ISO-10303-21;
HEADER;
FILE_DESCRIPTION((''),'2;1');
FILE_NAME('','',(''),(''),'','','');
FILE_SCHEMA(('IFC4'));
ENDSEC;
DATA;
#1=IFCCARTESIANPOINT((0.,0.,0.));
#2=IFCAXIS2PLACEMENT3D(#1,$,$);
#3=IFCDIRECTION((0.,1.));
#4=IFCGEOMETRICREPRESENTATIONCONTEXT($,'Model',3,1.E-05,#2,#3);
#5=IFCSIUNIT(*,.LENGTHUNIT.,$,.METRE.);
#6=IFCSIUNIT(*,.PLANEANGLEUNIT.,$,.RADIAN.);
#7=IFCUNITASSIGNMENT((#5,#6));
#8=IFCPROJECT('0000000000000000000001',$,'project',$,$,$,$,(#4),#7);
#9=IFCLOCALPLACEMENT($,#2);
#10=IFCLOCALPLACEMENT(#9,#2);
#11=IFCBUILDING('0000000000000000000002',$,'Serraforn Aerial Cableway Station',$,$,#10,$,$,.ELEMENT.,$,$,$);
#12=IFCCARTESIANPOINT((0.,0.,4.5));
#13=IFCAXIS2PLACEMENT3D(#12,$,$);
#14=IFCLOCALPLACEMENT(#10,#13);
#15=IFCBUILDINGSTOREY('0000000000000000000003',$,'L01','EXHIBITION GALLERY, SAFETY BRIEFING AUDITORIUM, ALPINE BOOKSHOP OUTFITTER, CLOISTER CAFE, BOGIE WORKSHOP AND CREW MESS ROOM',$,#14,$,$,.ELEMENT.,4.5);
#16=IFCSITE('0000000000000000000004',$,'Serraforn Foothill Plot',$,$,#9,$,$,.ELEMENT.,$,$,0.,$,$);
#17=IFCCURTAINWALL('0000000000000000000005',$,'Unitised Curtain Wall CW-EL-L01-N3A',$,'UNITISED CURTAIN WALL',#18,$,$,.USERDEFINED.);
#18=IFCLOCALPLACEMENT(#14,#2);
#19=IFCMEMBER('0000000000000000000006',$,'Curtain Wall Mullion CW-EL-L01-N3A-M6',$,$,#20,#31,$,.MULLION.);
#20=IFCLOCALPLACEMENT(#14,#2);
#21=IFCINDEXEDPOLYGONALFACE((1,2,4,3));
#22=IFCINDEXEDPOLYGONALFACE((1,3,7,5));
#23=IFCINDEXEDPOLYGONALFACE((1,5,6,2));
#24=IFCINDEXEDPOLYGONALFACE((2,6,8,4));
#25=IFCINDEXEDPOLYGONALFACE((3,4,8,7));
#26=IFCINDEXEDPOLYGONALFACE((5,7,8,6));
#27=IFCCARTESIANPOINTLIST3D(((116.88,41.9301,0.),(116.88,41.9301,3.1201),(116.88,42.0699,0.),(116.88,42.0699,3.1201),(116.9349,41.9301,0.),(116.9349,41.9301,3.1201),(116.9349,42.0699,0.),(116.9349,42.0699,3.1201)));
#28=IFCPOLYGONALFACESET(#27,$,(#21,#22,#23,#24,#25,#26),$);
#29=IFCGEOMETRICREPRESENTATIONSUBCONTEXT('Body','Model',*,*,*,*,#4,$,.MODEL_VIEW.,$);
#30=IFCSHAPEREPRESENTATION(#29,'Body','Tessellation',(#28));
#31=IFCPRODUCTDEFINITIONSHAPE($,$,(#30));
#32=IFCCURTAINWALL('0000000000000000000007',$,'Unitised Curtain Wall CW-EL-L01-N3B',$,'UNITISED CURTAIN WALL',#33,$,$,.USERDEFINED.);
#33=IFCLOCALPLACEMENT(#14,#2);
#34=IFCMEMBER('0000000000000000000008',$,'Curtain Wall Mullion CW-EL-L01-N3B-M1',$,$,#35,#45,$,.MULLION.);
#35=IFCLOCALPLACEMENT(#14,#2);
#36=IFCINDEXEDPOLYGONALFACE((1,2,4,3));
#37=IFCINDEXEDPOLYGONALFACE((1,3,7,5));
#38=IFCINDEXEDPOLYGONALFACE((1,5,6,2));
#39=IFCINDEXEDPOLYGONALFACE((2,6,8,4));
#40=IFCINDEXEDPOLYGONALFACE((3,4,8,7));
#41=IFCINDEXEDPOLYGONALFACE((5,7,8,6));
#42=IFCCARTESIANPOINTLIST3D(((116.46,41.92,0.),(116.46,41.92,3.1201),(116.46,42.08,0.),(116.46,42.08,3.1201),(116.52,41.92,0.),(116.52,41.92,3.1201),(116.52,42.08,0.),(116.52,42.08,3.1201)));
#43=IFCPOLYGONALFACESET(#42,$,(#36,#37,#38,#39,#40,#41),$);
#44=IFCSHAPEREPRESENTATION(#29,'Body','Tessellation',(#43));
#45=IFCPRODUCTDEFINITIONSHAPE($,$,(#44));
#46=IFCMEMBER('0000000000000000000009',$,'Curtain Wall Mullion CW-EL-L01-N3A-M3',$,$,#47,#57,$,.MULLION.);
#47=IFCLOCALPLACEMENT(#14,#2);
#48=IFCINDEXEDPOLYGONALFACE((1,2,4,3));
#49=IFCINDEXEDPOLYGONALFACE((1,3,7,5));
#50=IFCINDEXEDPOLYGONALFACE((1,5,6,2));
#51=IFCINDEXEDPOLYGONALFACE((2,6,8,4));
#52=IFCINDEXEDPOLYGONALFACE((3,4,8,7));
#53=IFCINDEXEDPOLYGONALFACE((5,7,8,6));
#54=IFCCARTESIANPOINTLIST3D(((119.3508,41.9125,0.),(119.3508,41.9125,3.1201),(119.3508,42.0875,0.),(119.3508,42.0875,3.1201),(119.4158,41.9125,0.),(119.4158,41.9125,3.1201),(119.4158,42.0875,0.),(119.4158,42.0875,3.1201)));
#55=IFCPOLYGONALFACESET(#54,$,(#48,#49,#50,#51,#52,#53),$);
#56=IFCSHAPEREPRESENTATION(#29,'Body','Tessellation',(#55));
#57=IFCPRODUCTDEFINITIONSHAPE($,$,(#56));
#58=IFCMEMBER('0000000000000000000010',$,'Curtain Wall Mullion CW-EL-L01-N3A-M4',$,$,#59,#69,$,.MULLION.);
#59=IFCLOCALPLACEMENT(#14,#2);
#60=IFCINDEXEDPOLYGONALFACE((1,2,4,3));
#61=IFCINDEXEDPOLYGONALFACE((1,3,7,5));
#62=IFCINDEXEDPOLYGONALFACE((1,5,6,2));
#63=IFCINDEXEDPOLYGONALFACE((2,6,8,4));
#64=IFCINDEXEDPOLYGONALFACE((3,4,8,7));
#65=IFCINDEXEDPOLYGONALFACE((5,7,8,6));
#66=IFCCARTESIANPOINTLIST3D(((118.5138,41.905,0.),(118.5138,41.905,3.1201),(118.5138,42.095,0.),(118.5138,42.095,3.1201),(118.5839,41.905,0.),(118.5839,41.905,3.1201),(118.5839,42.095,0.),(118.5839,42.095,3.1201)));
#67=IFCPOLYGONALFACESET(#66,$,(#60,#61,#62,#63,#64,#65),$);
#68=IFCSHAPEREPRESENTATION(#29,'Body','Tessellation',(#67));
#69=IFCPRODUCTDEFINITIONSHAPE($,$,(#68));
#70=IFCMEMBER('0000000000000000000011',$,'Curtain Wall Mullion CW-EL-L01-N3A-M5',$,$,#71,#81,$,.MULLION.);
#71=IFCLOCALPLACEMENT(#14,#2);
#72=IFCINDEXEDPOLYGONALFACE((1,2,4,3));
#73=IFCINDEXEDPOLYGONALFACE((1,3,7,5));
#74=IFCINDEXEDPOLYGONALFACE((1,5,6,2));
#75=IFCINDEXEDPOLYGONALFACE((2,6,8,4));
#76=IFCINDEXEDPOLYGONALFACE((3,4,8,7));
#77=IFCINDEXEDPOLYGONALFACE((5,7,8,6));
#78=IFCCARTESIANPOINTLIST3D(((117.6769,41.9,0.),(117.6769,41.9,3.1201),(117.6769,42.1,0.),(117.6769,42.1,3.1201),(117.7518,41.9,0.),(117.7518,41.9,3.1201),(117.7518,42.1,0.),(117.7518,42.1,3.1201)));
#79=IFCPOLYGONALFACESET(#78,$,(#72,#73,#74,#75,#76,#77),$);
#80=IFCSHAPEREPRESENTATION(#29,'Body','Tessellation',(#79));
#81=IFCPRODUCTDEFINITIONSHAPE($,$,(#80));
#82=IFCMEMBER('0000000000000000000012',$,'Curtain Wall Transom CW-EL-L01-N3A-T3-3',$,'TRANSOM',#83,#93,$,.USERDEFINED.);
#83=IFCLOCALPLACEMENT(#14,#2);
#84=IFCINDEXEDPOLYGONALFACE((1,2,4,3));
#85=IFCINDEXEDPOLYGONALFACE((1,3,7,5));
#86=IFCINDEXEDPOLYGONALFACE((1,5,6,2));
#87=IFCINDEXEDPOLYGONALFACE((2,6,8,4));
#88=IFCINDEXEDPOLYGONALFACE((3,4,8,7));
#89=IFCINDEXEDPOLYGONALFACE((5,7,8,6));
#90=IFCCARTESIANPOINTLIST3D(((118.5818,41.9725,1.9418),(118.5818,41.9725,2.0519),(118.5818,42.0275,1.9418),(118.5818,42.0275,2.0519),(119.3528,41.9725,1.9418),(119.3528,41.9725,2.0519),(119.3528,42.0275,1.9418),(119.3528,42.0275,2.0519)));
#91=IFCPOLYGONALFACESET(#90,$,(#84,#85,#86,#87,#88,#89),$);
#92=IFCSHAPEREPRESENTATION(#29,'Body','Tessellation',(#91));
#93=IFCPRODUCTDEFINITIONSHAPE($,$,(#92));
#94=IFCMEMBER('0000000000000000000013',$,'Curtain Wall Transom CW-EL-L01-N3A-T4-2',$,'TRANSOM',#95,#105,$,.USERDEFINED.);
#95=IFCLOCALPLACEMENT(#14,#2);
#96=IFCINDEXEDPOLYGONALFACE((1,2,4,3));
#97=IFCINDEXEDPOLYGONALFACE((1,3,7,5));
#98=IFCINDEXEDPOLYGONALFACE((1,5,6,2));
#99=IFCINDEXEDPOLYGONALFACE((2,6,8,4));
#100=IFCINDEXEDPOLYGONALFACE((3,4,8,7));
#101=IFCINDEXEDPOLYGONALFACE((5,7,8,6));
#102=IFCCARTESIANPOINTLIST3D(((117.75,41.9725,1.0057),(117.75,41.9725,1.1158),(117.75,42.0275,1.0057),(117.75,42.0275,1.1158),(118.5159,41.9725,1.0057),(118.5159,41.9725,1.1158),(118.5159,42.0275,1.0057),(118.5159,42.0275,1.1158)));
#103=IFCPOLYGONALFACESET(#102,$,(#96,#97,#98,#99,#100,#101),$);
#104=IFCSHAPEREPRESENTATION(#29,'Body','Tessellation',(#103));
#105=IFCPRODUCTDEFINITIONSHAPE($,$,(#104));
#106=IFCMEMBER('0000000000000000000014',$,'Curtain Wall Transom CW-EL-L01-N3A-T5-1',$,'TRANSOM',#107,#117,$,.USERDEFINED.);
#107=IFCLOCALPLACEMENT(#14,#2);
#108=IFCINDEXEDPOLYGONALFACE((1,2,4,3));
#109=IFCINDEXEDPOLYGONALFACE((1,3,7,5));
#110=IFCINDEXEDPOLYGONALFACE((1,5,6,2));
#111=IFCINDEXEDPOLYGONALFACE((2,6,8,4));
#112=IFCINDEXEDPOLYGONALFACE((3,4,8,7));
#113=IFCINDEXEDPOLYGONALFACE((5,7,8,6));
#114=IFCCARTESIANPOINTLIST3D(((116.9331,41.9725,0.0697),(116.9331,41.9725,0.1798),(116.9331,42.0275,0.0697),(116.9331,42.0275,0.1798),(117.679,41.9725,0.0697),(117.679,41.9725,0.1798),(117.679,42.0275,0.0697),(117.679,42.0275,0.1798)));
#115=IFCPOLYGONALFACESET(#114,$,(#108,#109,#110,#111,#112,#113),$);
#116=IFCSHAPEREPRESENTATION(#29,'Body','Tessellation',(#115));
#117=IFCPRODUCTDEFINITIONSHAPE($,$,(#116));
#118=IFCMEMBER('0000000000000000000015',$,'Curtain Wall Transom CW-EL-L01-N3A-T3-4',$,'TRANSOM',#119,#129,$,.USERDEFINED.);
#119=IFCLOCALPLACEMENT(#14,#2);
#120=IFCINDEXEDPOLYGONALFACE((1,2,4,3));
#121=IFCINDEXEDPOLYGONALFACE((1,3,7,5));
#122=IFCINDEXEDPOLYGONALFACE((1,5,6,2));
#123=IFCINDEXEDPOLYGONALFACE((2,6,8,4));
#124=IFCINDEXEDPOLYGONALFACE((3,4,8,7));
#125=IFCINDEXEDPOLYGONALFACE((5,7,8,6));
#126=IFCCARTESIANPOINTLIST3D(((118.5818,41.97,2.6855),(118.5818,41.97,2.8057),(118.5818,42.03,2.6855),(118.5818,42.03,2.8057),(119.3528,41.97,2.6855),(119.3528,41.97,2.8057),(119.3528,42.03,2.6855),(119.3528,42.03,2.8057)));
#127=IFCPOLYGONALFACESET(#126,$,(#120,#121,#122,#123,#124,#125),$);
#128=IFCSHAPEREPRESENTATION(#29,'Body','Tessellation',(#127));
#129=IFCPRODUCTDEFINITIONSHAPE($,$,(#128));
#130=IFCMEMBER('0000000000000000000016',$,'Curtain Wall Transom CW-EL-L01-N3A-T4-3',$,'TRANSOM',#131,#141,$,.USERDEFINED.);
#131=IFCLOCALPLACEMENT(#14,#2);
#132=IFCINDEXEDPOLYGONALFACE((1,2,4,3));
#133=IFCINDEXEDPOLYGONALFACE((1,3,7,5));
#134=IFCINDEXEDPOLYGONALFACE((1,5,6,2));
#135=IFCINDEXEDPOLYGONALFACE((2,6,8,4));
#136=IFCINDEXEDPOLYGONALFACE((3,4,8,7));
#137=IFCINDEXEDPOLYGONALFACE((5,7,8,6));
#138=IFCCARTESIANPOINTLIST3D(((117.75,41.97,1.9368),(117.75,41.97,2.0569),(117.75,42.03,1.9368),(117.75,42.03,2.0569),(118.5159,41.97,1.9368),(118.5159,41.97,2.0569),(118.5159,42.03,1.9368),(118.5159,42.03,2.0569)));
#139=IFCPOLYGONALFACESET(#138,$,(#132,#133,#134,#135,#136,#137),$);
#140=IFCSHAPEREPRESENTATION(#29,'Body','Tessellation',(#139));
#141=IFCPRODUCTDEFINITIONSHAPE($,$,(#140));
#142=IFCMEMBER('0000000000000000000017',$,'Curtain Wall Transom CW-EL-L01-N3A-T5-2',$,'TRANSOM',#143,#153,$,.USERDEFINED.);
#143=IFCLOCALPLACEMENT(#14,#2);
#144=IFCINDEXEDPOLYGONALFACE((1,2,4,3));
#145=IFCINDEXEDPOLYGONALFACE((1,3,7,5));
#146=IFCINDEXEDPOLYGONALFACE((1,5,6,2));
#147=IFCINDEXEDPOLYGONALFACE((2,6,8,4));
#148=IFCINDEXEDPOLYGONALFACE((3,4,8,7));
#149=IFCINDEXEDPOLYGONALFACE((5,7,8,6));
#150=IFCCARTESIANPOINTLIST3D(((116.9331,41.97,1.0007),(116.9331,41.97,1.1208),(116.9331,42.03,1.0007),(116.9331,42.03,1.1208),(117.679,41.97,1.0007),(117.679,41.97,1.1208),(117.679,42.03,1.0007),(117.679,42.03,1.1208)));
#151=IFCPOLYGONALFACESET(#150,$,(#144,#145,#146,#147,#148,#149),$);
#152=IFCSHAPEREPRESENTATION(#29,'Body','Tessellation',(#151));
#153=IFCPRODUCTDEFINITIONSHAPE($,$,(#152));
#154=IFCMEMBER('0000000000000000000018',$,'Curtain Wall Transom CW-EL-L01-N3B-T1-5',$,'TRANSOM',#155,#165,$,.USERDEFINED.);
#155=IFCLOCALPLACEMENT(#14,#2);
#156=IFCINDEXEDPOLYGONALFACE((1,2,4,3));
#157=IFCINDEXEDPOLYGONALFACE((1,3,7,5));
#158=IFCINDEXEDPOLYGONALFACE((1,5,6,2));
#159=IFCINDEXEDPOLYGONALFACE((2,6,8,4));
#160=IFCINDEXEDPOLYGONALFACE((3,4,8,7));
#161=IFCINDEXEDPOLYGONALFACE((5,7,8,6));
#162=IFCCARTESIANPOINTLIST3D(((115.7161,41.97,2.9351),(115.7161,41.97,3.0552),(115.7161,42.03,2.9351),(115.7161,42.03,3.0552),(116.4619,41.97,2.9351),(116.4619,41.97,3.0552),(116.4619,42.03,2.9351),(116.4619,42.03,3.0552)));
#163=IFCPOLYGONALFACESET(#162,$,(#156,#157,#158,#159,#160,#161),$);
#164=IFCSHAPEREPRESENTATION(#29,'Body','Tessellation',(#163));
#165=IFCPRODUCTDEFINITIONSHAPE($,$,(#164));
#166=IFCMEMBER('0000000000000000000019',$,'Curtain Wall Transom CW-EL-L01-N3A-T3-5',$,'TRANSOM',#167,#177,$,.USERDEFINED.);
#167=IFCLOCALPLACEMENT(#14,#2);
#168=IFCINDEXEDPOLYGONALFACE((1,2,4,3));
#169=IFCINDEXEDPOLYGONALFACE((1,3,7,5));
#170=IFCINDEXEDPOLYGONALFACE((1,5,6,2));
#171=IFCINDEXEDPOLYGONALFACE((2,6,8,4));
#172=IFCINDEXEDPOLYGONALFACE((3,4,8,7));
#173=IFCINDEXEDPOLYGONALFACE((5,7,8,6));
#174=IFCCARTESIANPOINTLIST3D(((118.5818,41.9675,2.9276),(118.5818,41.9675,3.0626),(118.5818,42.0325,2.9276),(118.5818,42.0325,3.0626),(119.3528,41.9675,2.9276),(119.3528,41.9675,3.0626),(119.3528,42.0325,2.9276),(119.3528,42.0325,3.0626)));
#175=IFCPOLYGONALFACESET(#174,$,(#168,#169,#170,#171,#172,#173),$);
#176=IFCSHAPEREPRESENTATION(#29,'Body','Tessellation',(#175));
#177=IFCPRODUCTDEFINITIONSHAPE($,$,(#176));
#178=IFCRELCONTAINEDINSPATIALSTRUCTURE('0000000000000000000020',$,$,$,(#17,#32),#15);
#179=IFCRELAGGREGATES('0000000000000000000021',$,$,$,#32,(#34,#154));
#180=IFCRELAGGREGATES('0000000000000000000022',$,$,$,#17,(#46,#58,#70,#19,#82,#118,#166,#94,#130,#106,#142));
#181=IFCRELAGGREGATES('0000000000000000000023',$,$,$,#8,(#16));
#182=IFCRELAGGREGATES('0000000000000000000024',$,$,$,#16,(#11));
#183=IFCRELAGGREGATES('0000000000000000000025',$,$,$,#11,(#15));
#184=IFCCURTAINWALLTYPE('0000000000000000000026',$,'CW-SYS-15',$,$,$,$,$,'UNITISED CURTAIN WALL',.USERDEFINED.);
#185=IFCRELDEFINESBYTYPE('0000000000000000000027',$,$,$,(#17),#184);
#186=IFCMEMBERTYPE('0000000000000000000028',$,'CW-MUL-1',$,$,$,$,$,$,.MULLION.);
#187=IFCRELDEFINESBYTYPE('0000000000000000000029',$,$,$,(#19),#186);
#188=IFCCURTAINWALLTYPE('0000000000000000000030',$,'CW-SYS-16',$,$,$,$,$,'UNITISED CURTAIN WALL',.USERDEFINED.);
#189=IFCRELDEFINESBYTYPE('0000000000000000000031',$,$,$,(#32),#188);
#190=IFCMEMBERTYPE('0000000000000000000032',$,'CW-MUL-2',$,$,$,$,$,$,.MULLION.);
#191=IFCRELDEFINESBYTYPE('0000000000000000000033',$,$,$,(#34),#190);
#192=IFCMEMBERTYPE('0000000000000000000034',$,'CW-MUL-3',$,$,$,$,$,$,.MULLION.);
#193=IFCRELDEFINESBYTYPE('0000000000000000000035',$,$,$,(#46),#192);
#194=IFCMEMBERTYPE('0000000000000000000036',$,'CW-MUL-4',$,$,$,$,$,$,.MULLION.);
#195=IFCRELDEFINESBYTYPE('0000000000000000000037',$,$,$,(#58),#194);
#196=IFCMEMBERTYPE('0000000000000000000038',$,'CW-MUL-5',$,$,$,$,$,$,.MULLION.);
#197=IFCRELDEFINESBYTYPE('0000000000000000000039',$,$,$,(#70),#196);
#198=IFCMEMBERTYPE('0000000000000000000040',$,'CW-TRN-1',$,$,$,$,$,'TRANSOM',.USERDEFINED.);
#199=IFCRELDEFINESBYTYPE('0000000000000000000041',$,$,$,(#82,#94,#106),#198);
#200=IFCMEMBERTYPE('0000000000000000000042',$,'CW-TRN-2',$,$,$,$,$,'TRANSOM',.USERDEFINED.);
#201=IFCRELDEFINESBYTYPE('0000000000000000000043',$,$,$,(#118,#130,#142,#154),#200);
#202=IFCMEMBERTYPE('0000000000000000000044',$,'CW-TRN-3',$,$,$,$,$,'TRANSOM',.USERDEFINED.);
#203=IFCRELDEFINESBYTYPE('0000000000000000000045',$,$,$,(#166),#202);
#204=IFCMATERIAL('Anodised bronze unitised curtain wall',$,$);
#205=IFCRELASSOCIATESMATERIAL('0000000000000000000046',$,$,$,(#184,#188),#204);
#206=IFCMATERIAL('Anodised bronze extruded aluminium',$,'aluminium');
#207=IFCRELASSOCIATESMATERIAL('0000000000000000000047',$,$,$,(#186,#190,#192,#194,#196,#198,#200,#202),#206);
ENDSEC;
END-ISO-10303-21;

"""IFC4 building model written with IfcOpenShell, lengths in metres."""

from ifc_helpers import new_model, si_unit, direction, frame, origin, origin_2d, place, context, subcontext, project, spatial, rectangle, extrude, material, material_profile, profile_set, type_object, element, aggregate, save


model = new_model("IFC4")

# Units and contexts
model_context = context("Model", 3, precision=1e-05, world=origin(), true_north=direction((0.0, 1.0)))
body_context = subcontext(model_context, "Body", "Model", "MODEL_VIEW")
ifc_project = project(units=[si_unit("LENGTHUNIT", "METRE"), si_unit("PLANEANGLEUNIT", "RADIAN")], contexts=[model_context])

# Site, building, storey
site_placement = place(None, origin())
site = spatial("IfcSite", under=ifc_project, at=site_placement, Name="Serraforn Foothill Plot", CompositionType="ELEMENT", RefElevation=0.0)
building_placement = place(site_placement, origin())
building = spatial("IfcBuilding", under=site, at=building_placement, Name="Serraforn Aerial Cableway Station", CompositionType="ELEMENT")
storey_placement = place(building_placement, frame((0.0, 0.0, 4.5)))
storey = spatial("IfcBuildingStorey", under=building, at=storey_placement, Name="L01", Description="EXHIBITION GALLERY, SAFETY BRIEFING AUDITORIUM, ALPINE BOOKSHOP OUTFITTER, CLOISTER CAFE, BOGIE WORKSHOP AND CREW MESS ROOM", CompositionType="ELEMENT", Elevation=4.5)

# Curtain walls, members
ifc_material_1 = material(Name="Anodised bronze unitised curtain wall")
curtain_wall_type_1 = type_object("IfcCurtainWallType", Name="CW-SYS-15", ElementType="UNITISED CURTAIN WALL", PredefinedType="USERDEFINED", material=ifc_material_1)
curtain_wall_1_placement = place(storey_placement, origin())
curtain_wall_1 = element("IfcCurtainWall", 1, at=curtain_wall_1_placement, inside=storey, type_object=curtain_wall_type_1, Name="Unitised Curtain Wall CW-EL-L01-N3A", ObjectType="UNITISED CURTAIN WALL", PredefinedType="USERDEFINED")
ifc_material_2 = material(Name="Anodised bronze extruded aluminium", Category="aluminium")
ifc_material_profile_1 = material_profile(ifc_material_2, rectangle(XDim=0.0549, YDim=0.1399, at=origin_2d()), Name="CW MULLION 55x140")
ifc_profile_set_1 = profile_set([ifc_material_profile_1], Name="Anodised bronze extruded aluminium")
member_type_1 = type_object("IfcMemberType", Name="CW-MUL-1", PredefinedType="MULLION", material=ifc_profile_set_1)
member_1_placement = place(storey_placement, frame((116.9075, 42.0, 0.0), z_axis=(0.0, 0.0, 1.0), x_axis=(-1.0, 0.0, 0.0)))
member_1 = element("IfcMember", 2, at=member_1_placement, type_object=member_type_1, Name="Curtain Wall Mullion CW-EL-L01-N3A-M6", PredefinedType="MULLION", context=body_context, shape_type="SweptSolid", body=[
    extrude(rectangle(XDim=0.0549, YDim=0.1399, at=origin_2d()), origin(), (0.0, 0.0, 1.0), 3.1201),
])
curtain_wall_type_2 = type_object("IfcCurtainWallType", Name="CW-SYS-16", ElementType="UNITISED CURTAIN WALL", PredefinedType="USERDEFINED", material=ifc_material_1)
curtain_wall_2_placement = place(storey_placement, origin())
curtain_wall_2 = element("IfcCurtainWall", 3, at=curtain_wall_2_placement, inside=storey, type_object=curtain_wall_type_2, Name="Unitised Curtain Wall CW-EL-L01-N3B", ObjectType="UNITISED CURTAIN WALL", PredefinedType="USERDEFINED")
ifc_material_profile_2 = material_profile(ifc_material_2, rectangle(XDim=0.0601, YDim=0.1599, at=origin_2d()), Name="CW MULLION 60x160")
ifc_profile_set_2 = profile_set([ifc_material_profile_2], Name="Anodised bronze extruded aluminium")
member_type_2 = type_object("IfcMemberType", Name="CW-MUL-2", PredefinedType="MULLION", material=ifc_profile_set_2)
member_2_placement = place(storey_placement, frame((116.49, 42.0, 0.0), z_axis=(0.0, 0.0, 1.0), x_axis=(-1.0, 0.0, 0.0)))
member_2 = element("IfcMember", 4, at=member_2_placement, type_object=member_type_2, Name="Curtain Wall Mullion CW-EL-L01-N3B-M1", PredefinedType="MULLION", context=body_context, shape_type="SweptSolid", body=[
    extrude(rectangle(XDim=0.0601, YDim=0.1599, at=origin_2d()), origin(), (0.0, 0.0, 1.0), 3.1201),
])

# Members
ifc_material_profile_3 = material_profile(ifc_material_2, rectangle(XDim=0.0649, YDim=0.175, at=origin_2d()), Name="CW MULLION 65x175")
ifc_profile_set_3 = profile_set([ifc_material_profile_3], Name="Anodised bronze extruded aluminium")
member_type_3 = type_object("IfcMemberType", Name="CW-MUL-3", PredefinedType="MULLION", material=ifc_profile_set_3)
member_3_placement = place(storey_placement, frame((119.3833, 42.0, 0.0), z_axis=(0.0, 0.0, 1.0), x_axis=(-1.0, 0.0, 0.0)))
member_3 = element("IfcMember", 5, at=member_3_placement, type_object=member_type_3, Name="Curtain Wall Mullion CW-EL-L01-N3A-M3", PredefinedType="MULLION", context=body_context, shape_type="SweptSolid", body=[
    extrude(rectangle(XDim=0.0649, YDim=0.175, at=origin_2d()), origin(), (0.0, 0.0, 1.0), 3.1201),
])
ifc_material_profile_4 = material_profile(ifc_material_2, rectangle(XDim=0.0701, YDim=0.1899, at=origin_2d()), Name="CW MULLION 70x190")
ifc_profile_set_4 = profile_set([ifc_material_profile_4], Name="Anodised bronze extruded aluminium")
member_type_4 = type_object("IfcMemberType", Name="CW-MUL-4", PredefinedType="MULLION", material=ifc_profile_set_4)
member_4_placement = place(storey_placement, frame((118.5488, 42.0, 0.0), z_axis=(0.0, 0.0, 1.0), x_axis=(-1.0, 0.0, 0.0)))
member_4 = element("IfcMember", 6, at=member_4_placement, type_object=member_type_4, Name="Curtain Wall Mullion CW-EL-L01-N3A-M4", PredefinedType="MULLION", context=body_context, shape_type="SweptSolid", body=[
    extrude(rectangle(XDim=0.0701, YDim=0.1899, at=origin_2d()), origin(), (0.0, 0.0, 1.0), 3.1201),
])
ifc_material_profile_5 = material_profile(ifc_material_2, rectangle(XDim=0.075, YDim=0.2, at=origin_2d()), Name="CW MULLION 75x200")
ifc_profile_set_5 = profile_set([ifc_material_profile_5], Name="Anodised bronze extruded aluminium")
member_type_5 = type_object("IfcMemberType", Name="CW-MUL-5", PredefinedType="MULLION", material=ifc_profile_set_5)
member_5_placement = place(storey_placement, frame((117.7144, 42.0, 0.0), z_axis=(0.0, 0.0, 1.0), x_axis=(-1.0, 0.0, 0.0)))
member_5 = element("IfcMember", 7, at=member_5_placement, type_object=member_type_5, Name="Curtain Wall Mullion CW-EL-L01-N3A-M5", PredefinedType="MULLION", context=body_context, shape_type="SweptSolid", body=[
    extrude(rectangle(XDim=0.075, YDim=0.2, at=origin_2d()), origin(), (0.0, 0.0, 1.0), 3.1201),
])
ifc_material_profile_6 = material_profile(ifc_material_2, rectangle(XDim=0.0549, YDim=0.1101, at=origin_2d()), Name="CW TRANSOM 55x110")
ifc_profile_set_6 = profile_set([ifc_material_profile_6], Name="Anodised bronze extruded aluminium")
member_type_6 = type_object("IfcMemberType", Name="CW-TRN-1", ElementType="TRANSOM", PredefinedType="USERDEFINED", material=ifc_profile_set_6)
member_6_placement = place(storey_placement, frame((119.3528, 42.0, 1.9968), z_axis=(-1.0, 0.0, 0.0), x_axis=(0.0, -1.0, 0.0)))
member_6 = element("IfcMember", 8, at=member_6_placement, type_object=member_type_6, Name="Curtain Wall Transom CW-EL-L01-N3A-T3-3", ObjectType="TRANSOM", PredefinedType="USERDEFINED", context=body_context, shape_type="SweptSolid", body=[
    extrude(rectangle(XDim=0.0549, YDim=0.1101, at=origin_2d()), origin(), (0.0, 0.0, 1.0), 0.771),
])
member_7_placement = place(storey_placement, frame((118.5159, 42.0, 1.0608), z_axis=(-1.0, 0.0, 0.0), x_axis=(0.0, -1.0, 0.0)))
member_7 = element("IfcMember", 9, at=member_7_placement, type_object=member_type_6, Name="Curtain Wall Transom CW-EL-L01-N3A-T4-2", ObjectType="TRANSOM", PredefinedType="USERDEFINED", context=body_context, shape_type="SweptSolid", body=[
    extrude(rectangle(XDim=0.0549, YDim=0.1101, at=origin_2d()), origin(), (0.0, 0.0, 1.0), 0.7659),
])
member_8_placement = place(storey_placement, frame((117.679, 42.0, 0.1248), z_axis=(-1.0, 0.0, 0.0), x_axis=(0.0, -1.0, 0.0)))
member_8 = element("IfcMember", 10, at=member_8_placement, type_object=member_type_6, Name="Curtain Wall Transom CW-EL-L01-N3A-T5-1", ObjectType="TRANSOM", PredefinedType="USERDEFINED", context=body_context, shape_type="SweptSolid", body=[
    extrude(rectangle(XDim=0.0549, YDim=0.1101, at=origin_2d()), origin(), (0.0, 0.0, 1.0), 0.7458),
])
ifc_material_profile_7 = material_profile(ifc_material_2, rectangle(XDim=0.0601, YDim=0.1201, at=origin_2d()), Name="CW TRANSOM 60x120")
ifc_profile_set_7 = profile_set([ifc_material_profile_7], Name="Anodised bronze extruded aluminium")
member_type_7 = type_object("IfcMemberType", Name="CW-TRN-2", ElementType="TRANSOM", PredefinedType="USERDEFINED", material=ifc_profile_set_7)
member_9_placement = place(storey_placement, frame((119.3528, 42.0, 2.7456), z_axis=(-1.0, 0.0, 0.0), x_axis=(0.0, -1.0, 0.0)))
member_9 = element("IfcMember", 11, at=member_9_placement, type_object=member_type_7, Name="Curtain Wall Transom CW-EL-L01-N3A-T3-4", ObjectType="TRANSOM", PredefinedType="USERDEFINED", context=body_context, shape_type="SweptSolid", body=[
    extrude(rectangle(XDim=0.0601, YDim=0.1201, at=origin_2d()), origin(), (0.0, 0.0, 1.0), 0.771),
])
member_10_placement = place(storey_placement, frame((118.5159, 42.0, 1.9968), z_axis=(-1.0, 0.0, 0.0), x_axis=(0.0, -1.0, 0.0)))
member_10 = element("IfcMember", 12, at=member_10_placement, type_object=member_type_7, Name="Curtain Wall Transom CW-EL-L01-N3A-T4-3", ObjectType="TRANSOM", PredefinedType="USERDEFINED", context=body_context, shape_type="SweptSolid", body=[
    extrude(rectangle(XDim=0.0601, YDim=0.1201, at=origin_2d()), origin(), (0.0, 0.0, 1.0), 0.7659),
])
member_11_placement = place(storey_placement, frame((117.679, 42.0, 1.0608), z_axis=(-1.0, 0.0, 0.0), x_axis=(0.0, -1.0, 0.0)))
member_11 = element("IfcMember", 13, at=member_11_placement, type_object=member_type_7, Name="Curtain Wall Transom CW-EL-L01-N3A-T5-2", ObjectType="TRANSOM", PredefinedType="USERDEFINED", context=body_context, shape_type="SweptSolid", body=[
    extrude(rectangle(XDim=0.0601, YDim=0.1201, at=origin_2d()), origin(), (0.0, 0.0, 1.0), 0.7458),
])
member_12_placement = place(storey_placement, frame((116.4619, 42.0, 2.9951), z_axis=(-1.0, 0.0, 0.0), x_axis=(0.0, -1.0, 0.0)))
member_12 = element("IfcMember", 14, at=member_12_placement, type_object=member_type_7, Name="Curtain Wall Transom CW-EL-L01-N3B-T1-5", ObjectType="TRANSOM", PredefinedType="USERDEFINED", context=body_context, shape_type="SweptSolid", body=[
    extrude(rectangle(XDim=0.0601, YDim=0.1201, at=origin_2d()), origin(), (0.0, 0.0, 1.0), 0.7458),
])
aggregate(curtain_wall_2, [member_2, member_12])
ifc_material_profile_8 = material_profile(ifc_material_2, rectangle(XDim=0.0649, YDim=0.135, at=origin_2d()), Name="CW TRANSOM 65x135")
ifc_profile_set_8 = profile_set([ifc_material_profile_8], Name="Anodised bronze extruded aluminium")
member_type_8 = type_object("IfcMemberType", Name="CW-TRN-3", ElementType="TRANSOM", PredefinedType="USERDEFINED", material=ifc_profile_set_8)
member_13_placement = place(storey_placement, frame((119.3528, 42.0, 2.9951), z_axis=(-1.0, 0.0, 0.0), x_axis=(0.0, -1.0, 0.0)))
member_13 = element("IfcMember", 15, at=member_13_placement, type_object=member_type_8, Name="Curtain Wall Transom CW-EL-L01-N3A-T3-5", ObjectType="TRANSOM", PredefinedType="USERDEFINED", context=body_context, shape_type="SweptSolid", body=[
    extrude(rectangle(XDim=0.0649, YDim=0.135, at=origin_2d()), origin(), (0.0, 0.0, 1.0), 0.771),
])

aggregate(curtain_wall_1, [member_3, member_4, member_5, member_1, member_6, member_9, member_13, member_7, member_10, member_8, member_11])

save(model, "model.ifc")
